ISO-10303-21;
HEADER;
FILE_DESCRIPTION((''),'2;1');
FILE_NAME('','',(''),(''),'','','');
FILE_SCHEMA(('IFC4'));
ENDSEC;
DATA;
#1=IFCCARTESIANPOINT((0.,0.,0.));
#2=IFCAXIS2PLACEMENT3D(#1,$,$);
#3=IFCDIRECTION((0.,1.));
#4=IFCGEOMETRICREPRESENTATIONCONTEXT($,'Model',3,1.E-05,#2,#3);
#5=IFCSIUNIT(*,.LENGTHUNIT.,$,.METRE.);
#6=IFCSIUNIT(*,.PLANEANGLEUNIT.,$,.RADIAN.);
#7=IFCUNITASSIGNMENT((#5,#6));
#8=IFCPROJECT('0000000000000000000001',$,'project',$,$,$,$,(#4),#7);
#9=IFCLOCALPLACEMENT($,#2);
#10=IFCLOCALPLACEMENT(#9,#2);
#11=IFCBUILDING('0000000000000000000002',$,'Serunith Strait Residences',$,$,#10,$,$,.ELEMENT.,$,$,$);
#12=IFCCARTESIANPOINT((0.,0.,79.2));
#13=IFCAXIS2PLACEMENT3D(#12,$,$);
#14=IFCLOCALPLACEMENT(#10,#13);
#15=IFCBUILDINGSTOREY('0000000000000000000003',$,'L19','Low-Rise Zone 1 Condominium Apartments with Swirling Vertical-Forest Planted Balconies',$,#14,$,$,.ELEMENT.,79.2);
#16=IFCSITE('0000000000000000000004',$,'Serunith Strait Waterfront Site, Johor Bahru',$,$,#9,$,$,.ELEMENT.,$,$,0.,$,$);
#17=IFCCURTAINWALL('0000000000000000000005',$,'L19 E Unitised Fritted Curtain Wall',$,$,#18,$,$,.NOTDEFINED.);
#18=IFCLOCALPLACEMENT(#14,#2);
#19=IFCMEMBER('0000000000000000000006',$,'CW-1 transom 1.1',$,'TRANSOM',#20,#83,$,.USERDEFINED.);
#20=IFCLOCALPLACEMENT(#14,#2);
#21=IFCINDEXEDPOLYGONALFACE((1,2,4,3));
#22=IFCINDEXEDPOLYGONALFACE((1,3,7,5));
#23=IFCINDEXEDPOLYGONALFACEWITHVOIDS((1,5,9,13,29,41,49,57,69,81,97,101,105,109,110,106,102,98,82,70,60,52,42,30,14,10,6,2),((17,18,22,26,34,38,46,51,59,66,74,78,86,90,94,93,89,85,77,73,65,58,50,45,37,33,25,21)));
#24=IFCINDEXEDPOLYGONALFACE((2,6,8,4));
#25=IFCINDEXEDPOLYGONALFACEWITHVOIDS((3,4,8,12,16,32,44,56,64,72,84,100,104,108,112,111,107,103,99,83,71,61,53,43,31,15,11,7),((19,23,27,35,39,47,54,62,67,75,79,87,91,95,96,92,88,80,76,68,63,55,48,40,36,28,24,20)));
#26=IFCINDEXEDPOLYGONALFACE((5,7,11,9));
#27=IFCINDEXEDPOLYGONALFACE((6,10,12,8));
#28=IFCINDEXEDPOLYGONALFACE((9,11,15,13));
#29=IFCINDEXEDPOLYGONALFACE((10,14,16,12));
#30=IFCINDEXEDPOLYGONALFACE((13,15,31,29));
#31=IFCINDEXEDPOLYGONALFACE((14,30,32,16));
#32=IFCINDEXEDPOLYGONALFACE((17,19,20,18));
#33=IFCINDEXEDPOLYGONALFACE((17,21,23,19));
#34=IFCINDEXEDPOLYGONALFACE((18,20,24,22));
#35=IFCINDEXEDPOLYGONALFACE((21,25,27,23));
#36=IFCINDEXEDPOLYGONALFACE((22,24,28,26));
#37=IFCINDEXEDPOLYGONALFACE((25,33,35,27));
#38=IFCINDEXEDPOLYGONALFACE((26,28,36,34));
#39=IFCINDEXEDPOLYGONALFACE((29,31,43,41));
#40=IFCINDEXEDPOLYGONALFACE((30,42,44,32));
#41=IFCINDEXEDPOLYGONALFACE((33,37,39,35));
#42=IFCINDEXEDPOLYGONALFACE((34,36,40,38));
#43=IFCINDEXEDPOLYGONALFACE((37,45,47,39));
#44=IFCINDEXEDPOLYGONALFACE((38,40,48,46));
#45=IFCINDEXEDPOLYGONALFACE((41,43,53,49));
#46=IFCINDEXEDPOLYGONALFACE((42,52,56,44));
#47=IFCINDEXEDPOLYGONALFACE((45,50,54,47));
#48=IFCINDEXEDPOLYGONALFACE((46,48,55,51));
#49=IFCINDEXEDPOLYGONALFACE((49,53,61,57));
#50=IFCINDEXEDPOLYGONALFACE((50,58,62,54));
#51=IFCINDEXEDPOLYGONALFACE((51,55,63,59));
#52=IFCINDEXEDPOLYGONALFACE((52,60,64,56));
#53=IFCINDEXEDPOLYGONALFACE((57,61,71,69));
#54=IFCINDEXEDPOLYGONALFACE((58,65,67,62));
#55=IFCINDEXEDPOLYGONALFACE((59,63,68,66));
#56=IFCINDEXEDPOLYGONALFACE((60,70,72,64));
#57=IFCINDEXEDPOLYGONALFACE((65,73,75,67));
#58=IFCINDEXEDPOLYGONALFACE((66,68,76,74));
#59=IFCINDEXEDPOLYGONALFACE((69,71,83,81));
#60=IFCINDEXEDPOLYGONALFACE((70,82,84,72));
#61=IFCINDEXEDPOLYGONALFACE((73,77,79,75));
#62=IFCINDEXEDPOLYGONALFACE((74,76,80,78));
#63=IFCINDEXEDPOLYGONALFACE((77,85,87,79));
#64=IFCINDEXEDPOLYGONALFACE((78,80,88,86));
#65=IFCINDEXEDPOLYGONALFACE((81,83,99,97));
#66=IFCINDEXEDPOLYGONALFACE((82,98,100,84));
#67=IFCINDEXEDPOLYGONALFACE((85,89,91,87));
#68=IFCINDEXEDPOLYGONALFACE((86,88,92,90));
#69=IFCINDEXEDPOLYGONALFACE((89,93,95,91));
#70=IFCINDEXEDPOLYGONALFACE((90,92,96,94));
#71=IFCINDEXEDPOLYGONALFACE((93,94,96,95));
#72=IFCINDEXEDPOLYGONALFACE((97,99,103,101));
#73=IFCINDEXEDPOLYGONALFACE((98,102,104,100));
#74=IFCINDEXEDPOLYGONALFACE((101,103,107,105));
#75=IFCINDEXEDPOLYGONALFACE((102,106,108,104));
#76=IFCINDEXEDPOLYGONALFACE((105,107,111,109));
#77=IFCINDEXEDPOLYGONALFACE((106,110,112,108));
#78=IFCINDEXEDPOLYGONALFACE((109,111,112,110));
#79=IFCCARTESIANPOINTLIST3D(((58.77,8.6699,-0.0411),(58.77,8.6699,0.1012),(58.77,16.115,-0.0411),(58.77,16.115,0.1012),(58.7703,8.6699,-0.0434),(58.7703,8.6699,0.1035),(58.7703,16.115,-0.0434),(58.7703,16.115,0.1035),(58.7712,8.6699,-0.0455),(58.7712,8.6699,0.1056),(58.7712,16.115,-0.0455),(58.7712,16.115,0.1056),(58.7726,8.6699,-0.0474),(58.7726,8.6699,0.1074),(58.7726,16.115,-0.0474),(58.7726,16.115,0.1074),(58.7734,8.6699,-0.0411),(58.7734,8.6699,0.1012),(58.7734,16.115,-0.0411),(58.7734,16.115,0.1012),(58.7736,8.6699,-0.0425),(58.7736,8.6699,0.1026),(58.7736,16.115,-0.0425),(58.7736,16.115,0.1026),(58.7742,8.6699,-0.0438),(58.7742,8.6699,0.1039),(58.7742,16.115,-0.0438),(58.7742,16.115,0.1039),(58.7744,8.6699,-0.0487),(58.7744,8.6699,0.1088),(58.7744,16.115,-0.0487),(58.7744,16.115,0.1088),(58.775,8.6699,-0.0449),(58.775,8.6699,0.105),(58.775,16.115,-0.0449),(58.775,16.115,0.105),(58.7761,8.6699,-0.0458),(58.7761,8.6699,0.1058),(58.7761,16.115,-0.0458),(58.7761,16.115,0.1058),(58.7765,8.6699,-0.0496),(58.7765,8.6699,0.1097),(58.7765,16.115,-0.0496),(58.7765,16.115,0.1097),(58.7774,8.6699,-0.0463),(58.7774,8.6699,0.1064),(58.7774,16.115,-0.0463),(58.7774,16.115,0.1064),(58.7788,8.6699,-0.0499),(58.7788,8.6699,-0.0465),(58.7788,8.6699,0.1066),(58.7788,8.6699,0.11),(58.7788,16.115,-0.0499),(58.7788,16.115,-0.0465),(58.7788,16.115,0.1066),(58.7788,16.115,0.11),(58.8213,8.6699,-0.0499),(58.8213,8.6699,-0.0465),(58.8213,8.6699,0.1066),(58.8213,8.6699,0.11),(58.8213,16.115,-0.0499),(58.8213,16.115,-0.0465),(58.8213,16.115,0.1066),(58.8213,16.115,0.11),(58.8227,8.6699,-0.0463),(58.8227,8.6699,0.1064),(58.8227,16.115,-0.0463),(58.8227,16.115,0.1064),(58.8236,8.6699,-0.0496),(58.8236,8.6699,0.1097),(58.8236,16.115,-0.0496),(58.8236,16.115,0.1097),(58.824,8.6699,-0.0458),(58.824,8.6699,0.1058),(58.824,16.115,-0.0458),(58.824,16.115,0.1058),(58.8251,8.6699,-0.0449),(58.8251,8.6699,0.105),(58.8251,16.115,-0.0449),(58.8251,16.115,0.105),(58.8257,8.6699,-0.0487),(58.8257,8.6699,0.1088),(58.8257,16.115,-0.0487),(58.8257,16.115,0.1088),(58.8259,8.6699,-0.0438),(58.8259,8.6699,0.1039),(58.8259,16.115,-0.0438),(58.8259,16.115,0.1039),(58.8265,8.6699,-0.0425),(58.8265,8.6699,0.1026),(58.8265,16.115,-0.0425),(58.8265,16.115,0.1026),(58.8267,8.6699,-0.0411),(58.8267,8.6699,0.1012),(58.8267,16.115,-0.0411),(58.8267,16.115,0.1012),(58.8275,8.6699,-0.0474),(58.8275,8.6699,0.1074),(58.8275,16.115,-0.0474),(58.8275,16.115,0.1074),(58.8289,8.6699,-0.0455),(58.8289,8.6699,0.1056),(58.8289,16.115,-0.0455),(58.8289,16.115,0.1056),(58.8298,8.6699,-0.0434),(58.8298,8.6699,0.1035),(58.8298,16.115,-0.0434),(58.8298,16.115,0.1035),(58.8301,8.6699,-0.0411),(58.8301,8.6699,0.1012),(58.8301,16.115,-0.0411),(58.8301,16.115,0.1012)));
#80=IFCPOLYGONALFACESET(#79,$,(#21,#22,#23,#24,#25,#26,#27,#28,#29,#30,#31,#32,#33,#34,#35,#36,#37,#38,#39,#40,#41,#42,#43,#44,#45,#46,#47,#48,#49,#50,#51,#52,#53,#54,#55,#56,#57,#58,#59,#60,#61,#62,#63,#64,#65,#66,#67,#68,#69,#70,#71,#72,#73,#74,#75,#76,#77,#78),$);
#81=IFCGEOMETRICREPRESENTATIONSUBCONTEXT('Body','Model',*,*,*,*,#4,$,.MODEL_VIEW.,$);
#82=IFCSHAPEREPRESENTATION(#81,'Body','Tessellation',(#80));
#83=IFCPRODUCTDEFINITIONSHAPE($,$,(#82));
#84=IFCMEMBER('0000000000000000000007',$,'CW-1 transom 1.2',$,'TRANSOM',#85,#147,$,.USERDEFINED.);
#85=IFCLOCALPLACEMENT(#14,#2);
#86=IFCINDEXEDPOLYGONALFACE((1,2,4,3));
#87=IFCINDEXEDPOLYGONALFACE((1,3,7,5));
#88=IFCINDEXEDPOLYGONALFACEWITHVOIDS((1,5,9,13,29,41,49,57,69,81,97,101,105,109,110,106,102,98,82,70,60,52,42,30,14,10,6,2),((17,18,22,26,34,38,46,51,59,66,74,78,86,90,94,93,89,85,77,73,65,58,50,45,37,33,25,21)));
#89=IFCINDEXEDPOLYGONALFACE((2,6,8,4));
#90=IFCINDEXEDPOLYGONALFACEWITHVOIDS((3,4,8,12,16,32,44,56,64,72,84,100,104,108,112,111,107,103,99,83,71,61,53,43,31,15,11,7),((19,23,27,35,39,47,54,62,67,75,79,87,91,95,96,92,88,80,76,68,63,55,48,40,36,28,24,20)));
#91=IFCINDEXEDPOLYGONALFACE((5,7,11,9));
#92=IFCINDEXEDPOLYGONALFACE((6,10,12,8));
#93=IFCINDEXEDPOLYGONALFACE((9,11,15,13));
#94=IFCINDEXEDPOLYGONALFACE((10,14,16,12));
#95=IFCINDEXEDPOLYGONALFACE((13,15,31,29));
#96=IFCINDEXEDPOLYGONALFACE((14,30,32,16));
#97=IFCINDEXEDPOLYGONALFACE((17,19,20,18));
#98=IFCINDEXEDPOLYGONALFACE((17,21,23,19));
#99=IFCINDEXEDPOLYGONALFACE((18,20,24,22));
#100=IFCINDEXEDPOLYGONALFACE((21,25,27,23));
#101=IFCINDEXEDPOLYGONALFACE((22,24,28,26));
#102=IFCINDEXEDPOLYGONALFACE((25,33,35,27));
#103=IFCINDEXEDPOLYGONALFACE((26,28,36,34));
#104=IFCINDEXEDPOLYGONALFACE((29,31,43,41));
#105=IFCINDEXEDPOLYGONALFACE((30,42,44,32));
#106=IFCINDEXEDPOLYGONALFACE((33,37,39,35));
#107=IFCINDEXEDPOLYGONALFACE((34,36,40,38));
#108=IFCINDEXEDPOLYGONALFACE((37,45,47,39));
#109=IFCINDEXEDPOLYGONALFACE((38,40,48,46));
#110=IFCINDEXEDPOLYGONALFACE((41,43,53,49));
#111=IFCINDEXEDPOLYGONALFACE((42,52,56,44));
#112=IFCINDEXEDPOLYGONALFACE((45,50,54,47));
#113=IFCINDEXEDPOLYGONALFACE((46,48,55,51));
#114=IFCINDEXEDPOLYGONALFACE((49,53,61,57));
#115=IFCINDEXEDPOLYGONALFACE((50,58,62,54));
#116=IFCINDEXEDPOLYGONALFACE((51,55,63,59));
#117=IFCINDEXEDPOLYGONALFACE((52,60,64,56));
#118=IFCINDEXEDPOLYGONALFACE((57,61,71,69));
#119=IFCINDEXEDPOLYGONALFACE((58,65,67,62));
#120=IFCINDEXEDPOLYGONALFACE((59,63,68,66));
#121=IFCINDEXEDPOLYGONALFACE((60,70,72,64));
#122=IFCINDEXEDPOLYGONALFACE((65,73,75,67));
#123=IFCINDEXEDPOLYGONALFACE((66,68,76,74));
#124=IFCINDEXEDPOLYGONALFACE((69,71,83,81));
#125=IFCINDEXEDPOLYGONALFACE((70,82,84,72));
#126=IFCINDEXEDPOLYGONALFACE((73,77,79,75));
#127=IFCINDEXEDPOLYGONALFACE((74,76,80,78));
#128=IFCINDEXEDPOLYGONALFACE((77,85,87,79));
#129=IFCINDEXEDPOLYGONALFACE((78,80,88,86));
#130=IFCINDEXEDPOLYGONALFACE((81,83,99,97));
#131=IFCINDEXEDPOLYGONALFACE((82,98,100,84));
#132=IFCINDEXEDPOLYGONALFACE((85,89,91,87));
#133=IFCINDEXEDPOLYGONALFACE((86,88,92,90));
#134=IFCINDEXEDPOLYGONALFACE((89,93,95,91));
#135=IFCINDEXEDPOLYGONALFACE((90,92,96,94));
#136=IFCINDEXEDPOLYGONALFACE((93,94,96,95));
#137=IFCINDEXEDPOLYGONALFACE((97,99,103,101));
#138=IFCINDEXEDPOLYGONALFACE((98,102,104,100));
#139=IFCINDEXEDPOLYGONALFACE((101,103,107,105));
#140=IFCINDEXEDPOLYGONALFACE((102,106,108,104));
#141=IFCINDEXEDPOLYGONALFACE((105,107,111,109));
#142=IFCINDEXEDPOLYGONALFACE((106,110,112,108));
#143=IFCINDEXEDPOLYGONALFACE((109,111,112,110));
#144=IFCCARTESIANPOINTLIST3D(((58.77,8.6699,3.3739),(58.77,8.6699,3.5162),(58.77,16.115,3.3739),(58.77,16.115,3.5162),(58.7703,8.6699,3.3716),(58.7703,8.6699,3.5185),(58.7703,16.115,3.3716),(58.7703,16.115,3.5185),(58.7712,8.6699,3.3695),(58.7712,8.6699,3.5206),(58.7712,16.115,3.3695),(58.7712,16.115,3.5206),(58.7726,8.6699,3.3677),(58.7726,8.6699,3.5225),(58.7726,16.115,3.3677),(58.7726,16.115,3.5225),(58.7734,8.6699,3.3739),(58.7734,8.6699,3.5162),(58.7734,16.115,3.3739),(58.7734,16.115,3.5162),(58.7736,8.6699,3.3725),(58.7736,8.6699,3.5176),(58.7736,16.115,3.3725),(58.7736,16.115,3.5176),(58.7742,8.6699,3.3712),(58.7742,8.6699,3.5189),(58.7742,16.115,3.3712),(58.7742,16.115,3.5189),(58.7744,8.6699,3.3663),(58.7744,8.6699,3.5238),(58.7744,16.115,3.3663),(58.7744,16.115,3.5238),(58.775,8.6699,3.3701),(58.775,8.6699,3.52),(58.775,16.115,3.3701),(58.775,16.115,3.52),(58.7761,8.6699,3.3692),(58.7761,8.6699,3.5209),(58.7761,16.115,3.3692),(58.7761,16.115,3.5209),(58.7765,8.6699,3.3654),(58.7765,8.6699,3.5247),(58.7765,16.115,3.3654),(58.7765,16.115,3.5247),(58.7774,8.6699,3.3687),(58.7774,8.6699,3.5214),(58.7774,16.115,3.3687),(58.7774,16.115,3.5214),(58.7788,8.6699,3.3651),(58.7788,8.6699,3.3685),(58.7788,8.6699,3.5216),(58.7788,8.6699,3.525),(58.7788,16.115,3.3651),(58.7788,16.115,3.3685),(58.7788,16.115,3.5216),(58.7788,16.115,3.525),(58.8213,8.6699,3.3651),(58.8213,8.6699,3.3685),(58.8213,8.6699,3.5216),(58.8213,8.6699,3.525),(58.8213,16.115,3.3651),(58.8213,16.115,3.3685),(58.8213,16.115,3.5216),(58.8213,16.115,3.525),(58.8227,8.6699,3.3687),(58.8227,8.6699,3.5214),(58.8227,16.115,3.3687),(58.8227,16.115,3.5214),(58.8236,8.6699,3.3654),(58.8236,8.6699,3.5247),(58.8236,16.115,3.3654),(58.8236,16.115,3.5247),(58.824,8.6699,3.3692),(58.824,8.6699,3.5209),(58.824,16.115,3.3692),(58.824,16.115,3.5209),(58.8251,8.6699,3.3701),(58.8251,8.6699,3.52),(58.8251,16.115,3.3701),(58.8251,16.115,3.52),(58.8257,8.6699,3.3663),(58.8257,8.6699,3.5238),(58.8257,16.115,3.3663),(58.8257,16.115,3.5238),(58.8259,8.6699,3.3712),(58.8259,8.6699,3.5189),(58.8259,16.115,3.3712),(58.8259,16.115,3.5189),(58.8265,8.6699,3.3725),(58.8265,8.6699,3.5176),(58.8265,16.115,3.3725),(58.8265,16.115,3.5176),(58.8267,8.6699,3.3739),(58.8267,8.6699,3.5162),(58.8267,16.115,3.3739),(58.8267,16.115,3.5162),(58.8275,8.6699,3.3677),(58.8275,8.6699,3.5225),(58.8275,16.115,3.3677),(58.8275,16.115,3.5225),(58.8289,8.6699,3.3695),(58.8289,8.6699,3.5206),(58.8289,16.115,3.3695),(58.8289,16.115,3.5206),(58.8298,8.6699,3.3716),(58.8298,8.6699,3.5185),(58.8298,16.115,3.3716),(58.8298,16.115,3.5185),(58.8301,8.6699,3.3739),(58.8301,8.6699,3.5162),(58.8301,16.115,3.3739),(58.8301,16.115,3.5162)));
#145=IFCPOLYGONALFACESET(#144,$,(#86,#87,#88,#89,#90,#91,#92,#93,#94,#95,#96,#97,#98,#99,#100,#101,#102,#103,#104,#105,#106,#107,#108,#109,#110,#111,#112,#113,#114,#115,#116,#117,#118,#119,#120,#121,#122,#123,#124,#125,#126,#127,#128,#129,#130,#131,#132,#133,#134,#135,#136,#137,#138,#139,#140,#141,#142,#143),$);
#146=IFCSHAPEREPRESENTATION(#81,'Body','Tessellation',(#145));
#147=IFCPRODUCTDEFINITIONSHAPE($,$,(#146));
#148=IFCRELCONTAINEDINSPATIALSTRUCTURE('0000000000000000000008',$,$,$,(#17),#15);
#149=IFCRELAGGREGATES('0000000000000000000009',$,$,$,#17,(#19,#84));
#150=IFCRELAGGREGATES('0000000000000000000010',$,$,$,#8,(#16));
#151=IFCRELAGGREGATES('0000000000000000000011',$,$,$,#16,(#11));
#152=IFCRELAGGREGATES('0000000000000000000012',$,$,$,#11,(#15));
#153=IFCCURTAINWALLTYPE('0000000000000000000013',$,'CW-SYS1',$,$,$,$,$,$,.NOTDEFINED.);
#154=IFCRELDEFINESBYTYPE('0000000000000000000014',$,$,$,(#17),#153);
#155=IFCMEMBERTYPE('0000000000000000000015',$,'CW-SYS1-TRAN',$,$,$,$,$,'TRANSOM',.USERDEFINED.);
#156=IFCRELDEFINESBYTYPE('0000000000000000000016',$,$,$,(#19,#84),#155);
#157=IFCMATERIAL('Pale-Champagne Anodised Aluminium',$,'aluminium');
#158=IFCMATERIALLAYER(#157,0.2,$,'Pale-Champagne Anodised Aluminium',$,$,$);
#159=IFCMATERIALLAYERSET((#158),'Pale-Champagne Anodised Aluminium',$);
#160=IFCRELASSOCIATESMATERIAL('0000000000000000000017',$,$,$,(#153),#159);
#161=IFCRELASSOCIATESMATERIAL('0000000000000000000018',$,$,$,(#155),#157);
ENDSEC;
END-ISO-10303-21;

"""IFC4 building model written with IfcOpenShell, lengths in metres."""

from ifc_helpers import new_model, si_unit, direction, frame, origin, origin_2d, place, context, subcontext, project, spatial, hollow_rectangle, extrude, source, transform, mapped, material, layer, layer_set, material_profile, profile_set, type_object, element, aggregate, save


model = new_model("IFC4")

# Units and contexts
model_context = context("Model", 3, precision=1e-05, world=origin(), true_north=direction((0.0, 1.0)))
body_context = subcontext(model_context, "Body", "Model", "MODEL_VIEW")
ifc_project = project(units=[si_unit("LENGTHUNIT", "METRE"), si_unit("PLANEANGLEUNIT", "RADIAN")], contexts=[model_context])

# Site, building, storey
site_placement = place(None, origin())
site = spatial("IfcSite", under=ifc_project, at=site_placement, Name="Serunith Strait Waterfront Site, Johor Bahru", CompositionType="ELEMENT", RefElevation=0.0)
building_placement = place(site_placement, origin())
building = spatial("IfcBuilding", under=site, at=building_placement, Name="Serunith Strait Residences", CompositionType="ELEMENT")
storey_placement = place(building_placement, frame((0.0, 0.0, 79.2)))
storey = spatial("IfcBuildingStorey", under=building, at=storey_placement, Name="L19", Description="Low-Rise Zone 1 Condominium Apartments with Swirling Vertical-Forest Planted Balconies", CompositionType="ELEMENT", Elevation=79.2)

# Curtain wall, members
ifc_material_1 = material(Name="Pale-Champagne Anodised Aluminium", Category="aluminium")
ifc_layer_1 = layer(ifc_material_1, 0.2, Name="Pale-Champagne Anodised Aluminium")
ifc_layer_set_1 = layer_set([ifc_layer_1], Name="Pale-Champagne Anodised Aluminium")
curtain_wall_type = type_object("IfcCurtainWallType", Name="CW-SYS1", PredefinedType="NOTDEFINED", material=ifc_layer_set_1)
curtain_wall_1_placement = place(storey_placement, origin())
curtain_wall_1 = element("IfcCurtainWall", 1, at=curtain_wall_1_placement, inside=storey, type_object=curtain_wall_type, Name="L19 E Unitised Fritted Curtain Wall", PredefinedType="NOTDEFINED")
ifc_material_profile_1 = material_profile(ifc_material_1, hollow_rectangle(XDim=0.0601, YDim=0.1599, WallThickness=0.0034, InnerFilletRadius=0.0054, OuterFilletRadius=0.0088, at=origin_2d()), Name="ALU 160x60x3.5")
ifc_profile_set_1 = profile_set([ifc_material_profile_1], Name="Pale-Champagne Anodised Aluminium")
member_type_1 = type_object("IfcMemberType", Name="CW-SYS1-TRAN", ElementType="TRANSOM", PredefinedType="USERDEFINED", material=ifc_profile_set_1)
shared_shape_1 = source(origin(), body_context, "Body", "SweptSolid", [
    extrude(hollow_rectangle(XDim=0.0601, YDim=0.1599, WallThickness=0.0034, InnerFilletRadius=0.0054, OuterFilletRadius=0.0088, at=origin_2d()), origin(), (0.0, 0.0, 1.0), 7.4451),
])
member_1_placement = place(storey_placement, frame((58.8, 8.6699, 0.03), z_axis=(0.0, 1.0, 0.0), x_axis=(-1.0, 0.0, 0.0)))
member_1 = element("IfcMember", 2, at=member_1_placement, type_object=member_type_1, Name="CW-1 transom 1.1", ObjectType="TRANSOM", PredefinedType="USERDEFINED", context=body_context, shape_type="MappedRepresentation", body=[
    mapped(shared_shape_1, transform((0.0, 0.0, 0.0), scale=1.0)),
])
member_2_placement = place(storey_placement, frame((58.8, 8.6699, 3.4451), z_axis=(0.0, 1.0, 0.0), x_axis=(-1.0, 0.0, 0.0)))
member_2 = element("IfcMember", 3, at=member_2_placement, type_object=member_type_1, Name="CW-1 transom 1.2", ObjectType="TRANSOM", PredefinedType="USERDEFINED", context=body_context, shape_type="MappedRepresentation", body=[
    mapped(shared_shape_1, transform((0.0, 0.0, 0.0), scale=1.0)),
])
aggregate(curtain_wall_1, [member_1, member_2])

save(model, "model.ifc")
